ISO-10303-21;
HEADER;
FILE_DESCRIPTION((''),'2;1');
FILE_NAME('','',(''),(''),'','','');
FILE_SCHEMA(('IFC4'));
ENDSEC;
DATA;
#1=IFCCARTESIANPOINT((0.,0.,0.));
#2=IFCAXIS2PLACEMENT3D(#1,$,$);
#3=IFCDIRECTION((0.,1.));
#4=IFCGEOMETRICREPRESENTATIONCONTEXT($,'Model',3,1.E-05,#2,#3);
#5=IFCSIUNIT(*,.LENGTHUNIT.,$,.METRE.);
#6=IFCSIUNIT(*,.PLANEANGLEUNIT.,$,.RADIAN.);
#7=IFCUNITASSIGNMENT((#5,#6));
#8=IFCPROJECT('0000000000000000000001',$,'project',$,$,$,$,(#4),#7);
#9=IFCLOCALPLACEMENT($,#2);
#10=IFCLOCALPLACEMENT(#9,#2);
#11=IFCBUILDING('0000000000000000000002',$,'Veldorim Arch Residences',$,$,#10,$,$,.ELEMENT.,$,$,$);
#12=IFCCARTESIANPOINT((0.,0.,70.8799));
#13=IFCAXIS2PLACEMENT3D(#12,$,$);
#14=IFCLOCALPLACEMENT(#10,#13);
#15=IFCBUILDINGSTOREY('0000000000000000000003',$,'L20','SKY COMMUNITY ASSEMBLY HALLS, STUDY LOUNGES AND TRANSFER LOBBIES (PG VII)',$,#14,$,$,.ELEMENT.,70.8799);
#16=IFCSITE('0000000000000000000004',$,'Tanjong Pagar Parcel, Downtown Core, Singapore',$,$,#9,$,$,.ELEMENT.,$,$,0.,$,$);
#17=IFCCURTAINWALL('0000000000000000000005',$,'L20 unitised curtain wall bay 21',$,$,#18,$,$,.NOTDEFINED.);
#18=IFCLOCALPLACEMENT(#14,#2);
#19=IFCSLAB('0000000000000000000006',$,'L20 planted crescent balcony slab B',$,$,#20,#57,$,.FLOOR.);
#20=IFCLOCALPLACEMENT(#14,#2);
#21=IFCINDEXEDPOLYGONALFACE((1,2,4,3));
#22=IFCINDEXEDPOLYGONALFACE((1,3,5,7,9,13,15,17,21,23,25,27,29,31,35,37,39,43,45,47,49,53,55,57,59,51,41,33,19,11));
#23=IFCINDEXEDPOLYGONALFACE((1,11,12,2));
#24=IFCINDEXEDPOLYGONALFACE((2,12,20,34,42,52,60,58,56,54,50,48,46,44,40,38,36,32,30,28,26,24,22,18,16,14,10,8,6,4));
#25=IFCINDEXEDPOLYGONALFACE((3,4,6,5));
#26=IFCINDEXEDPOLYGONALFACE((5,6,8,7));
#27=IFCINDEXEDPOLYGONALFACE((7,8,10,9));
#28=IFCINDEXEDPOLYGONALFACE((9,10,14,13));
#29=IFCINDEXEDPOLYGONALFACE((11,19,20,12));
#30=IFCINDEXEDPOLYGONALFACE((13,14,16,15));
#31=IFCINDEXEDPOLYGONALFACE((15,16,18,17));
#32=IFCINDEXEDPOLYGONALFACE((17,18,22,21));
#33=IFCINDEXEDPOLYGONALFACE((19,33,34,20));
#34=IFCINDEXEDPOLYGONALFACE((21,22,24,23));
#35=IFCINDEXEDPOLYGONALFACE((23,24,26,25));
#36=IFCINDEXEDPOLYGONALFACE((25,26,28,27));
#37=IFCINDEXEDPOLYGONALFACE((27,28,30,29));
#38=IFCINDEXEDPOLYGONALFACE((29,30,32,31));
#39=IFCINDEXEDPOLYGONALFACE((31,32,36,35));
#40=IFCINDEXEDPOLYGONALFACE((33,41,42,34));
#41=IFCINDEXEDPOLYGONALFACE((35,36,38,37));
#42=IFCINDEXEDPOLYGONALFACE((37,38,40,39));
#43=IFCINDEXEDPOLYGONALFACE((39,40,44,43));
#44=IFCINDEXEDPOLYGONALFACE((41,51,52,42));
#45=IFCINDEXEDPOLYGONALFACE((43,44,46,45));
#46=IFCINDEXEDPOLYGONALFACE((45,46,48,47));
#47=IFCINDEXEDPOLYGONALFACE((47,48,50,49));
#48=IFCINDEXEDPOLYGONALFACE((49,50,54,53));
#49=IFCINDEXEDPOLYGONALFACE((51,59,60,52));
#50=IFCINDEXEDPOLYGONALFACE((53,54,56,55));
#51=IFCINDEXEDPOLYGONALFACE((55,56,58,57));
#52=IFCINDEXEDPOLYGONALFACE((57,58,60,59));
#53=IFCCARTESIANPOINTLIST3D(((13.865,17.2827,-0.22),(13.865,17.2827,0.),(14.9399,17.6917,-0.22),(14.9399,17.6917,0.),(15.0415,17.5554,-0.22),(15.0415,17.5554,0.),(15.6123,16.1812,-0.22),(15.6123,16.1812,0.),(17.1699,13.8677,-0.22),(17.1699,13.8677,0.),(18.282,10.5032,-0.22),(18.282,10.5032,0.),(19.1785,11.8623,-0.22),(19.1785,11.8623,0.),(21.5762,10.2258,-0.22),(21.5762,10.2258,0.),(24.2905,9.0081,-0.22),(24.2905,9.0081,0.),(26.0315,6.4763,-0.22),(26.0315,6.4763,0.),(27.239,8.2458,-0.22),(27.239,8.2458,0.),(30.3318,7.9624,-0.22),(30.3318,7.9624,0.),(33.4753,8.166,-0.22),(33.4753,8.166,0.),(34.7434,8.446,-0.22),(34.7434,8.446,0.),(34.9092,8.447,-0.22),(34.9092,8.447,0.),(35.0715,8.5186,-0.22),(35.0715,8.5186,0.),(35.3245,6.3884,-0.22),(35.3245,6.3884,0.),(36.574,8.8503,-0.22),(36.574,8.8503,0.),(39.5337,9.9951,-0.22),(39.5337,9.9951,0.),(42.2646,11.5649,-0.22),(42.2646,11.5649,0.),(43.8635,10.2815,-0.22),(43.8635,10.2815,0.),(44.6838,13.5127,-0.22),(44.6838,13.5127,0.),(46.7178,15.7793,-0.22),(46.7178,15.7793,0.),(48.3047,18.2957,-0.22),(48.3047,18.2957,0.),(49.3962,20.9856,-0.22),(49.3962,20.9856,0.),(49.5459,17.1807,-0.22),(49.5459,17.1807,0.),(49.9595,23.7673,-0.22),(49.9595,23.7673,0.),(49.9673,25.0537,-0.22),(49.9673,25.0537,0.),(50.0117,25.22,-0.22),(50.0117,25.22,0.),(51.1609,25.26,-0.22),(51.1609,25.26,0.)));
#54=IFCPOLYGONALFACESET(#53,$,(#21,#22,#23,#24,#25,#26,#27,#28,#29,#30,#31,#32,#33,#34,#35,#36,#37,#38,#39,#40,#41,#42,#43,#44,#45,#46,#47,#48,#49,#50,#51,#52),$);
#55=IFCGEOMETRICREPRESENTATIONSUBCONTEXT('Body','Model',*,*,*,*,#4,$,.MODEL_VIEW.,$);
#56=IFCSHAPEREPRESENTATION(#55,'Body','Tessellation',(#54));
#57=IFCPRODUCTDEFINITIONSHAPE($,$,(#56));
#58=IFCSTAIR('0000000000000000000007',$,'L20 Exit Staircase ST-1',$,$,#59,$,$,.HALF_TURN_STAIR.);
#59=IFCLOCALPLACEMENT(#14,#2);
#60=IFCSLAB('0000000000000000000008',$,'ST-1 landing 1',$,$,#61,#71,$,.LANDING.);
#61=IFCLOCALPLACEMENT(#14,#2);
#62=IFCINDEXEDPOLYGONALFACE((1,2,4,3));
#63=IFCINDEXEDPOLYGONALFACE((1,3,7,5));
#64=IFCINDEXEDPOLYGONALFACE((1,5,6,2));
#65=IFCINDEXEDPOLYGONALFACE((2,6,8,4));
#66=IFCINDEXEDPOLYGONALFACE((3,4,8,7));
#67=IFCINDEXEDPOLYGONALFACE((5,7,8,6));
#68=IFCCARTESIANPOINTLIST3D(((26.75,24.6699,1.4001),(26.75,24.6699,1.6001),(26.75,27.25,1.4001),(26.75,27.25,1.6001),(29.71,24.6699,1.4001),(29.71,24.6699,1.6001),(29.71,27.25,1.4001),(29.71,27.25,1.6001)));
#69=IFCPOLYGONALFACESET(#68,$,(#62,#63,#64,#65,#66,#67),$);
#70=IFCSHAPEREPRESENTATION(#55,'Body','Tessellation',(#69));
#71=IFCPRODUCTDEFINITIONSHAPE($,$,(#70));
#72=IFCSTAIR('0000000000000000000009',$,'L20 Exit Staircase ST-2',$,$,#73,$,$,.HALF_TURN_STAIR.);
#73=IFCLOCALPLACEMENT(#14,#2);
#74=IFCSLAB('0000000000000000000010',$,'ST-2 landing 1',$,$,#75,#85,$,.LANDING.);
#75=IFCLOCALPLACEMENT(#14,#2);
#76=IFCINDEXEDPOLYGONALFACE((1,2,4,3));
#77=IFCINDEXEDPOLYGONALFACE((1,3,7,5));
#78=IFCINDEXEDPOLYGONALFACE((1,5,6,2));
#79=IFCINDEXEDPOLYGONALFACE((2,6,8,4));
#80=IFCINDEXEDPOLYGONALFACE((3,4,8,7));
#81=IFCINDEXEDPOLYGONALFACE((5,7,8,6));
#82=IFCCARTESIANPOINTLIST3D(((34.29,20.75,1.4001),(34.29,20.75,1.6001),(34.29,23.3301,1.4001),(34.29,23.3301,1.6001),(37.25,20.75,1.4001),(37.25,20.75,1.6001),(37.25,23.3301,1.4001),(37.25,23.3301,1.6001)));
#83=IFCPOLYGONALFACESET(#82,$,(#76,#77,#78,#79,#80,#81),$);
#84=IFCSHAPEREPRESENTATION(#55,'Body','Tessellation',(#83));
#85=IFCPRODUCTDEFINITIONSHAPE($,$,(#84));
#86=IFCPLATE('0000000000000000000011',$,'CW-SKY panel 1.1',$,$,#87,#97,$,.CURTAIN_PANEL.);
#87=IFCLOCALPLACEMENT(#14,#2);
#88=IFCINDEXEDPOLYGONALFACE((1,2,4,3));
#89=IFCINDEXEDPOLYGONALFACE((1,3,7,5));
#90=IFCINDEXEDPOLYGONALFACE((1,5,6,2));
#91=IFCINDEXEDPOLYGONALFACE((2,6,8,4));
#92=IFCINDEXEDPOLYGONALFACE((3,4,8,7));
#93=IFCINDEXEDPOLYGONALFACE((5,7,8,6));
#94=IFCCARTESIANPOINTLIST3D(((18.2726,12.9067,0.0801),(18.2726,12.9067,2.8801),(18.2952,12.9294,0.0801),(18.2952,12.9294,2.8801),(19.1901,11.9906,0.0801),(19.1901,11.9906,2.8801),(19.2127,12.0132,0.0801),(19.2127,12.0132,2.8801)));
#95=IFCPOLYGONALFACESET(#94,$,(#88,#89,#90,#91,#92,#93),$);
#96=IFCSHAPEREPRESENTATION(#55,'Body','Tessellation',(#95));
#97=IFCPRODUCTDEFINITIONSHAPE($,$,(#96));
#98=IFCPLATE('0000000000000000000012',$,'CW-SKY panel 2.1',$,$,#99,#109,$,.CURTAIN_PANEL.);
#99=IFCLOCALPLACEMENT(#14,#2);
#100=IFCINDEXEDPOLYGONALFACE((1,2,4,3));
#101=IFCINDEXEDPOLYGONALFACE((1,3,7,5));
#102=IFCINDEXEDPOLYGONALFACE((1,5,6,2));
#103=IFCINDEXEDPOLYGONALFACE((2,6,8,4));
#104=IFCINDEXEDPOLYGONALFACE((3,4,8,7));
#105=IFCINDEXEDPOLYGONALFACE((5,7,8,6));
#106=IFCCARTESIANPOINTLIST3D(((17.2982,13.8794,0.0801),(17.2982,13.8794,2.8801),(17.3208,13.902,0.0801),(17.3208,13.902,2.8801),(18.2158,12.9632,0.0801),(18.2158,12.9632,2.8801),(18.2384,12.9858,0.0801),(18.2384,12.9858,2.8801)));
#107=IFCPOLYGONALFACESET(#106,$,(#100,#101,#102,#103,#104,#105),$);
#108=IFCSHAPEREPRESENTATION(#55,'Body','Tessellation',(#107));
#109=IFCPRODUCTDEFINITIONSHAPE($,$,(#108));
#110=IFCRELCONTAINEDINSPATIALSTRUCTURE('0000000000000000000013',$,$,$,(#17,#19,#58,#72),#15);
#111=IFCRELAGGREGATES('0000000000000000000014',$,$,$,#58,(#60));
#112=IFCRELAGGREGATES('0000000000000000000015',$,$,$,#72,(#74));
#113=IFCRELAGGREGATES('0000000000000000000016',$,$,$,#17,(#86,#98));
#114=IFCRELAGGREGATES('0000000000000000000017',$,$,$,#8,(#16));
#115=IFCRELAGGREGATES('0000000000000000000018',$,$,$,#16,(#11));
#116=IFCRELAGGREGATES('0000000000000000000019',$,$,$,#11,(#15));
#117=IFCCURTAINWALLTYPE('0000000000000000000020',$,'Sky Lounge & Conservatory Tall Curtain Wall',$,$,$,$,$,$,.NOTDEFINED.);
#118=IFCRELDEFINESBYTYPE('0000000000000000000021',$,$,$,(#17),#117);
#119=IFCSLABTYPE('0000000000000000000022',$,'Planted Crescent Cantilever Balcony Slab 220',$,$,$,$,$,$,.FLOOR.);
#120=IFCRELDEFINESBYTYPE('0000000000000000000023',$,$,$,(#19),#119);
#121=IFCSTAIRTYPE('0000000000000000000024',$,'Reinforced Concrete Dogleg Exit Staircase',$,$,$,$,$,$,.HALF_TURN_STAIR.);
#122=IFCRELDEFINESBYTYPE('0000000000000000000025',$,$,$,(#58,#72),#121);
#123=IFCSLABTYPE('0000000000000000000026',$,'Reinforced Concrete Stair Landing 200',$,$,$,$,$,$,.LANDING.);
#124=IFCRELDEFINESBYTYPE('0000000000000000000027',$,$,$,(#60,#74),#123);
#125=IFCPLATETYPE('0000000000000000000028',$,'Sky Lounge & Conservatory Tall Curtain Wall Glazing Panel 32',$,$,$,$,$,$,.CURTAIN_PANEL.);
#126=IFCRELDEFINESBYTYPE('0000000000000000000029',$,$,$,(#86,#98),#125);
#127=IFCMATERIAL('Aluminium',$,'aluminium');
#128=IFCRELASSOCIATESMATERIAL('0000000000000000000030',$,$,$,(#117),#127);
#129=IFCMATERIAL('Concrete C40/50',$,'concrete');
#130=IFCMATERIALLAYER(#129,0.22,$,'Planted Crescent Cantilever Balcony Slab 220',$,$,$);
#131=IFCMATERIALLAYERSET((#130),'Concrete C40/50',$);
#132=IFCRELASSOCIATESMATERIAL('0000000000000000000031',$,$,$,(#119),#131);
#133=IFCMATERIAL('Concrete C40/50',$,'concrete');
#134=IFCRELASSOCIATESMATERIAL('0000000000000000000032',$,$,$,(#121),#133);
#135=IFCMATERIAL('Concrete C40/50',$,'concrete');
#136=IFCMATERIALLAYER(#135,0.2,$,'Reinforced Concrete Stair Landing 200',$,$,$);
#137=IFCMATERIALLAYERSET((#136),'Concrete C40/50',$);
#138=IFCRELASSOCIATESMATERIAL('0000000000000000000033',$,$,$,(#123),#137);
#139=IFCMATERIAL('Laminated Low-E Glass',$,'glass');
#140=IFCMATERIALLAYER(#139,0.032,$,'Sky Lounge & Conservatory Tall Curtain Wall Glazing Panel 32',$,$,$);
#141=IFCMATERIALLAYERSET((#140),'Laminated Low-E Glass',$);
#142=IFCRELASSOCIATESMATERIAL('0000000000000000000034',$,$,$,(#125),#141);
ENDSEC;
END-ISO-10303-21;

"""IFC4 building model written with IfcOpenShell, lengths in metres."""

from ifc_helpers import new_model, si_unit, direction, frame, origin, origin_2d, place, context, subcontext, project, spatial, polyline, rectangle, outline, extrude, material, layer, layer_set, type_object, element, aggregate, save


model = new_model("IFC4")

# Units and contexts
model_context = context("Model", 3, precision=1e-05, world=origin(), true_north=direction((0.0, 1.0)))
body_context = subcontext(model_context, "Body", "Model", "MODEL_VIEW")
ifc_project = project(units=[si_unit("LENGTHUNIT", "METRE"), si_unit("PLANEANGLEUNIT", "RADIAN")], contexts=[model_context])

# Site, building, storey
site_placement = place(None, origin())
site = spatial("IfcSite", under=ifc_project, at=site_placement, Name="Tanjong Pagar Parcel, Downtown Core, Singapore", CompositionType="ELEMENT", RefElevation=0.0)
building_placement = place(site_placement, origin())
building = spatial("IfcBuilding", under=site, at=building_placement, Name="Veldorim Arch Residences", CompositionType="ELEMENT")
storey_placement = place(building_placement, frame((0.0, 0.0, 70.8799)))
storey = spatial("IfcBuildingStorey", under=building, at=storey_placement, Name="L20", Description="SKY COMMUNITY ASSEMBLY HALLS, STUDY LOUNGES AND TRANSFER LOBBIES (PG VII)", CompositionType="ELEMENT", Elevation=70.8799)

# Curtain wall
ifc_material_1 = material(Name="Aluminium", Category="aluminium")
curtain_wall_type = type_object("IfcCurtainWallType", Name="Sky Lounge & Conservatory Tall Curtain Wall", PredefinedType="NOTDEFINED", material=ifc_material_1)
curtain_wall_placement = place(storey_placement, origin())
curtain_wall = element("IfcCurtainWall", 1, at=curtain_wall_placement, inside=storey, type_object=curtain_wall_type, Name="L20 unitised curtain wall bay 21", PredefinedType="NOTDEFINED")

# Slab
ifc_material_2 = material(Name="Concrete C40/50", Category="concrete")
ifc_layer_1 = layer(ifc_material_2, 0.22, Name="Planted Crescent Cantilever Balcony Slab 220")
ifc_layer_set_1 = layer_set([ifc_layer_1], Name="Concrete C40/50")
slab_type_1 = type_object("IfcSlabType", Name="Planted Crescent Cantilever Balcony Slab 220", PredefinedType="FLOOR", material=ifc_layer_set_1)
slab_1_placement = place(storey_placement, frame((0.0, 0.0, -0.22)))
element("IfcSlab", 2, at=slab_1_placement, inside=storey, type_object=slab_type_1, Name="L20 planted crescent balcony slab B", PredefinedType="FLOOR", context=body_context, shape_type="SweptSolid", body=[
    extrude(outline(polyline([(15.0415, 17.5554), (15.6123, 16.1812), (17.1699, 13.8677), (19.1785, 11.8623), (21.5762, 10.2258), (24.2905, 9.0081), (27.239, 8.2458), (30.3318, 7.9624), (33.4753, 8.166), (34.7434, 8.446), (34.9092, 8.447), (35.0715, 8.5186), (36.574, 8.8503), (39.5337, 9.9951), (42.2646, 11.5649), (44.6838, 13.5127), (46.7178, 15.7793), (48.3047, 18.2957), (49.3962, 20.9856), (49.9595, 23.7673), (49.9673, 25.0537), (50.0117, 25.22), (51.1609, 25.26), (49.5459, 17.1807), (43.8635, 10.2815), (35.3245, 6.3884), (26.0315, 6.4763), (18.282, 10.5032), (13.865, 17.2827), (14.9399, 17.6917), (15.0415, 17.5554)])), origin(), (0.0, 0.0, 1.0), 0.22),
])

# Stairs, slabs
ifc_material_3 = material(Name="Concrete C40/50", Category="concrete")
stair_type = type_object("IfcStairType", Name="Reinforced Concrete Dogleg Exit Staircase", PredefinedType="HALF_TURN_STAIR", material=ifc_material_3)
stair_1_placement = place(storey_placement, origin())
stair_1 = element("IfcStair", 3, at=stair_1_placement, inside=storey, type_object=stair_type, Name="L20 Exit Staircase ST-1", PredefinedType="HALF_TURN_STAIR")
ifc_material_4 = material(Name="Concrete C40/50", Category="concrete")
ifc_layer_2 = layer(ifc_material_4, 0.2, Name="Reinforced Concrete Stair Landing 200")
ifc_layer_set_2 = layer_set([ifc_layer_2], Name="Concrete C40/50")
slab_type_2 = type_object("IfcSlabType", Name="Reinforced Concrete Stair Landing 200", PredefinedType="LANDING", material=ifc_layer_set_2)
slab_2_placement = place(storey_placement, frame((0.0, 0.0, 1.4001)))
slab_2 = element("IfcSlab", 4, at=slab_2_placement, type_object=slab_type_2, Name="ST-1 landing 1", PredefinedType="LANDING", context=body_context, shape_type="SweptSolid", body=[
    extrude(outline(polyline([(29.71, 24.6699), (29.71, 27.25), (26.75, 27.25), (26.75, 24.6699), (29.71, 24.6699)])), origin(), (0.0, 0.0, 1.0), 0.2),
])
aggregate(stair_1, [slab_2])
stair_2_placement = place(storey_placement, origin())
stair_2 = element("IfcStair", 5, at=stair_2_placement, inside=storey, type_object=stair_type, Name="L20 Exit Staircase ST-2", PredefinedType="HALF_TURN_STAIR")
slab_3_placement = place(storey_placement, frame((0.0, 0.0, 1.4001)))
slab_3 = element("IfcSlab", 6, at=slab_3_placement, type_object=slab_type_2, Name="ST-2 landing 1", PredefinedType="LANDING", context=body_context, shape_type="SweptSolid", body=[
    extrude(outline(polyline([(34.29, 23.3301), (34.29, 20.75), (37.25, 20.75), (37.25, 23.3301), (34.29, 23.3301)])), origin(), (0.0, 0.0, 1.0), 0.2),
])
aggregate(stair_2, [slab_3])

# Plates
ifc_material_5 = material(Name="Laminated Low-E Glass", Category="glass")
ifc_layer_3 = layer(ifc_material_5, 0.032, Name="Sky Lounge & Conservatory Tall Curtain Wall Glazing Panel 32")
ifc_layer_set_3 = layer_set([ifc_layer_3], Name="Laminated Low-E Glass")
plate_type = type_object("IfcPlateType", Name="Sky Lounge & Conservatory Tall Curtain Wall Glazing Panel 32", PredefinedType="CURTAIN_PANEL", material=ifc_layer_set_3)
plate_1_placement = place(storey_placement, frame((18.7427, 12.46, 0.0801), z_axis=(0.0, 0.0, 1.0), x_axis=(-0.707636, 0.706577, 0.0)))
plate_1 = element("IfcPlate", 7, at=plate_1_placement, type_object=plate_type, Name="CW-SKY panel 1.1", PredefinedType="CURTAIN_PANEL", context=body_context, shape_type="SweptSolid", body=[
    extrude(rectangle(XDim=1.2966, YDim=0.032, at=origin_2d()), origin(), (0.0, 0.0, 1.0), 2.8),
])
plate_2_placement = place(storey_placement, frame((17.7683, 13.4326, 0.0801), z_axis=(0.0, 0.0, 1.0), x_axis=(-0.707636, 0.706577, 0.0)))
plate_2 = element("IfcPlate", 8, at=plate_2_placement, type_object=plate_type, Name="CW-SKY panel 2.1", PredefinedType="CURTAIN_PANEL", context=body_context, shape_type="SweptSolid", body=[
    extrude(rectangle(XDim=1.2966, YDim=0.032, at=origin_2d()), origin(), (0.0, 0.0, 1.0), 2.8),
])
aggregate(curtain_wall, [plate_1, plate_2])

save(model, "model.ifc")
